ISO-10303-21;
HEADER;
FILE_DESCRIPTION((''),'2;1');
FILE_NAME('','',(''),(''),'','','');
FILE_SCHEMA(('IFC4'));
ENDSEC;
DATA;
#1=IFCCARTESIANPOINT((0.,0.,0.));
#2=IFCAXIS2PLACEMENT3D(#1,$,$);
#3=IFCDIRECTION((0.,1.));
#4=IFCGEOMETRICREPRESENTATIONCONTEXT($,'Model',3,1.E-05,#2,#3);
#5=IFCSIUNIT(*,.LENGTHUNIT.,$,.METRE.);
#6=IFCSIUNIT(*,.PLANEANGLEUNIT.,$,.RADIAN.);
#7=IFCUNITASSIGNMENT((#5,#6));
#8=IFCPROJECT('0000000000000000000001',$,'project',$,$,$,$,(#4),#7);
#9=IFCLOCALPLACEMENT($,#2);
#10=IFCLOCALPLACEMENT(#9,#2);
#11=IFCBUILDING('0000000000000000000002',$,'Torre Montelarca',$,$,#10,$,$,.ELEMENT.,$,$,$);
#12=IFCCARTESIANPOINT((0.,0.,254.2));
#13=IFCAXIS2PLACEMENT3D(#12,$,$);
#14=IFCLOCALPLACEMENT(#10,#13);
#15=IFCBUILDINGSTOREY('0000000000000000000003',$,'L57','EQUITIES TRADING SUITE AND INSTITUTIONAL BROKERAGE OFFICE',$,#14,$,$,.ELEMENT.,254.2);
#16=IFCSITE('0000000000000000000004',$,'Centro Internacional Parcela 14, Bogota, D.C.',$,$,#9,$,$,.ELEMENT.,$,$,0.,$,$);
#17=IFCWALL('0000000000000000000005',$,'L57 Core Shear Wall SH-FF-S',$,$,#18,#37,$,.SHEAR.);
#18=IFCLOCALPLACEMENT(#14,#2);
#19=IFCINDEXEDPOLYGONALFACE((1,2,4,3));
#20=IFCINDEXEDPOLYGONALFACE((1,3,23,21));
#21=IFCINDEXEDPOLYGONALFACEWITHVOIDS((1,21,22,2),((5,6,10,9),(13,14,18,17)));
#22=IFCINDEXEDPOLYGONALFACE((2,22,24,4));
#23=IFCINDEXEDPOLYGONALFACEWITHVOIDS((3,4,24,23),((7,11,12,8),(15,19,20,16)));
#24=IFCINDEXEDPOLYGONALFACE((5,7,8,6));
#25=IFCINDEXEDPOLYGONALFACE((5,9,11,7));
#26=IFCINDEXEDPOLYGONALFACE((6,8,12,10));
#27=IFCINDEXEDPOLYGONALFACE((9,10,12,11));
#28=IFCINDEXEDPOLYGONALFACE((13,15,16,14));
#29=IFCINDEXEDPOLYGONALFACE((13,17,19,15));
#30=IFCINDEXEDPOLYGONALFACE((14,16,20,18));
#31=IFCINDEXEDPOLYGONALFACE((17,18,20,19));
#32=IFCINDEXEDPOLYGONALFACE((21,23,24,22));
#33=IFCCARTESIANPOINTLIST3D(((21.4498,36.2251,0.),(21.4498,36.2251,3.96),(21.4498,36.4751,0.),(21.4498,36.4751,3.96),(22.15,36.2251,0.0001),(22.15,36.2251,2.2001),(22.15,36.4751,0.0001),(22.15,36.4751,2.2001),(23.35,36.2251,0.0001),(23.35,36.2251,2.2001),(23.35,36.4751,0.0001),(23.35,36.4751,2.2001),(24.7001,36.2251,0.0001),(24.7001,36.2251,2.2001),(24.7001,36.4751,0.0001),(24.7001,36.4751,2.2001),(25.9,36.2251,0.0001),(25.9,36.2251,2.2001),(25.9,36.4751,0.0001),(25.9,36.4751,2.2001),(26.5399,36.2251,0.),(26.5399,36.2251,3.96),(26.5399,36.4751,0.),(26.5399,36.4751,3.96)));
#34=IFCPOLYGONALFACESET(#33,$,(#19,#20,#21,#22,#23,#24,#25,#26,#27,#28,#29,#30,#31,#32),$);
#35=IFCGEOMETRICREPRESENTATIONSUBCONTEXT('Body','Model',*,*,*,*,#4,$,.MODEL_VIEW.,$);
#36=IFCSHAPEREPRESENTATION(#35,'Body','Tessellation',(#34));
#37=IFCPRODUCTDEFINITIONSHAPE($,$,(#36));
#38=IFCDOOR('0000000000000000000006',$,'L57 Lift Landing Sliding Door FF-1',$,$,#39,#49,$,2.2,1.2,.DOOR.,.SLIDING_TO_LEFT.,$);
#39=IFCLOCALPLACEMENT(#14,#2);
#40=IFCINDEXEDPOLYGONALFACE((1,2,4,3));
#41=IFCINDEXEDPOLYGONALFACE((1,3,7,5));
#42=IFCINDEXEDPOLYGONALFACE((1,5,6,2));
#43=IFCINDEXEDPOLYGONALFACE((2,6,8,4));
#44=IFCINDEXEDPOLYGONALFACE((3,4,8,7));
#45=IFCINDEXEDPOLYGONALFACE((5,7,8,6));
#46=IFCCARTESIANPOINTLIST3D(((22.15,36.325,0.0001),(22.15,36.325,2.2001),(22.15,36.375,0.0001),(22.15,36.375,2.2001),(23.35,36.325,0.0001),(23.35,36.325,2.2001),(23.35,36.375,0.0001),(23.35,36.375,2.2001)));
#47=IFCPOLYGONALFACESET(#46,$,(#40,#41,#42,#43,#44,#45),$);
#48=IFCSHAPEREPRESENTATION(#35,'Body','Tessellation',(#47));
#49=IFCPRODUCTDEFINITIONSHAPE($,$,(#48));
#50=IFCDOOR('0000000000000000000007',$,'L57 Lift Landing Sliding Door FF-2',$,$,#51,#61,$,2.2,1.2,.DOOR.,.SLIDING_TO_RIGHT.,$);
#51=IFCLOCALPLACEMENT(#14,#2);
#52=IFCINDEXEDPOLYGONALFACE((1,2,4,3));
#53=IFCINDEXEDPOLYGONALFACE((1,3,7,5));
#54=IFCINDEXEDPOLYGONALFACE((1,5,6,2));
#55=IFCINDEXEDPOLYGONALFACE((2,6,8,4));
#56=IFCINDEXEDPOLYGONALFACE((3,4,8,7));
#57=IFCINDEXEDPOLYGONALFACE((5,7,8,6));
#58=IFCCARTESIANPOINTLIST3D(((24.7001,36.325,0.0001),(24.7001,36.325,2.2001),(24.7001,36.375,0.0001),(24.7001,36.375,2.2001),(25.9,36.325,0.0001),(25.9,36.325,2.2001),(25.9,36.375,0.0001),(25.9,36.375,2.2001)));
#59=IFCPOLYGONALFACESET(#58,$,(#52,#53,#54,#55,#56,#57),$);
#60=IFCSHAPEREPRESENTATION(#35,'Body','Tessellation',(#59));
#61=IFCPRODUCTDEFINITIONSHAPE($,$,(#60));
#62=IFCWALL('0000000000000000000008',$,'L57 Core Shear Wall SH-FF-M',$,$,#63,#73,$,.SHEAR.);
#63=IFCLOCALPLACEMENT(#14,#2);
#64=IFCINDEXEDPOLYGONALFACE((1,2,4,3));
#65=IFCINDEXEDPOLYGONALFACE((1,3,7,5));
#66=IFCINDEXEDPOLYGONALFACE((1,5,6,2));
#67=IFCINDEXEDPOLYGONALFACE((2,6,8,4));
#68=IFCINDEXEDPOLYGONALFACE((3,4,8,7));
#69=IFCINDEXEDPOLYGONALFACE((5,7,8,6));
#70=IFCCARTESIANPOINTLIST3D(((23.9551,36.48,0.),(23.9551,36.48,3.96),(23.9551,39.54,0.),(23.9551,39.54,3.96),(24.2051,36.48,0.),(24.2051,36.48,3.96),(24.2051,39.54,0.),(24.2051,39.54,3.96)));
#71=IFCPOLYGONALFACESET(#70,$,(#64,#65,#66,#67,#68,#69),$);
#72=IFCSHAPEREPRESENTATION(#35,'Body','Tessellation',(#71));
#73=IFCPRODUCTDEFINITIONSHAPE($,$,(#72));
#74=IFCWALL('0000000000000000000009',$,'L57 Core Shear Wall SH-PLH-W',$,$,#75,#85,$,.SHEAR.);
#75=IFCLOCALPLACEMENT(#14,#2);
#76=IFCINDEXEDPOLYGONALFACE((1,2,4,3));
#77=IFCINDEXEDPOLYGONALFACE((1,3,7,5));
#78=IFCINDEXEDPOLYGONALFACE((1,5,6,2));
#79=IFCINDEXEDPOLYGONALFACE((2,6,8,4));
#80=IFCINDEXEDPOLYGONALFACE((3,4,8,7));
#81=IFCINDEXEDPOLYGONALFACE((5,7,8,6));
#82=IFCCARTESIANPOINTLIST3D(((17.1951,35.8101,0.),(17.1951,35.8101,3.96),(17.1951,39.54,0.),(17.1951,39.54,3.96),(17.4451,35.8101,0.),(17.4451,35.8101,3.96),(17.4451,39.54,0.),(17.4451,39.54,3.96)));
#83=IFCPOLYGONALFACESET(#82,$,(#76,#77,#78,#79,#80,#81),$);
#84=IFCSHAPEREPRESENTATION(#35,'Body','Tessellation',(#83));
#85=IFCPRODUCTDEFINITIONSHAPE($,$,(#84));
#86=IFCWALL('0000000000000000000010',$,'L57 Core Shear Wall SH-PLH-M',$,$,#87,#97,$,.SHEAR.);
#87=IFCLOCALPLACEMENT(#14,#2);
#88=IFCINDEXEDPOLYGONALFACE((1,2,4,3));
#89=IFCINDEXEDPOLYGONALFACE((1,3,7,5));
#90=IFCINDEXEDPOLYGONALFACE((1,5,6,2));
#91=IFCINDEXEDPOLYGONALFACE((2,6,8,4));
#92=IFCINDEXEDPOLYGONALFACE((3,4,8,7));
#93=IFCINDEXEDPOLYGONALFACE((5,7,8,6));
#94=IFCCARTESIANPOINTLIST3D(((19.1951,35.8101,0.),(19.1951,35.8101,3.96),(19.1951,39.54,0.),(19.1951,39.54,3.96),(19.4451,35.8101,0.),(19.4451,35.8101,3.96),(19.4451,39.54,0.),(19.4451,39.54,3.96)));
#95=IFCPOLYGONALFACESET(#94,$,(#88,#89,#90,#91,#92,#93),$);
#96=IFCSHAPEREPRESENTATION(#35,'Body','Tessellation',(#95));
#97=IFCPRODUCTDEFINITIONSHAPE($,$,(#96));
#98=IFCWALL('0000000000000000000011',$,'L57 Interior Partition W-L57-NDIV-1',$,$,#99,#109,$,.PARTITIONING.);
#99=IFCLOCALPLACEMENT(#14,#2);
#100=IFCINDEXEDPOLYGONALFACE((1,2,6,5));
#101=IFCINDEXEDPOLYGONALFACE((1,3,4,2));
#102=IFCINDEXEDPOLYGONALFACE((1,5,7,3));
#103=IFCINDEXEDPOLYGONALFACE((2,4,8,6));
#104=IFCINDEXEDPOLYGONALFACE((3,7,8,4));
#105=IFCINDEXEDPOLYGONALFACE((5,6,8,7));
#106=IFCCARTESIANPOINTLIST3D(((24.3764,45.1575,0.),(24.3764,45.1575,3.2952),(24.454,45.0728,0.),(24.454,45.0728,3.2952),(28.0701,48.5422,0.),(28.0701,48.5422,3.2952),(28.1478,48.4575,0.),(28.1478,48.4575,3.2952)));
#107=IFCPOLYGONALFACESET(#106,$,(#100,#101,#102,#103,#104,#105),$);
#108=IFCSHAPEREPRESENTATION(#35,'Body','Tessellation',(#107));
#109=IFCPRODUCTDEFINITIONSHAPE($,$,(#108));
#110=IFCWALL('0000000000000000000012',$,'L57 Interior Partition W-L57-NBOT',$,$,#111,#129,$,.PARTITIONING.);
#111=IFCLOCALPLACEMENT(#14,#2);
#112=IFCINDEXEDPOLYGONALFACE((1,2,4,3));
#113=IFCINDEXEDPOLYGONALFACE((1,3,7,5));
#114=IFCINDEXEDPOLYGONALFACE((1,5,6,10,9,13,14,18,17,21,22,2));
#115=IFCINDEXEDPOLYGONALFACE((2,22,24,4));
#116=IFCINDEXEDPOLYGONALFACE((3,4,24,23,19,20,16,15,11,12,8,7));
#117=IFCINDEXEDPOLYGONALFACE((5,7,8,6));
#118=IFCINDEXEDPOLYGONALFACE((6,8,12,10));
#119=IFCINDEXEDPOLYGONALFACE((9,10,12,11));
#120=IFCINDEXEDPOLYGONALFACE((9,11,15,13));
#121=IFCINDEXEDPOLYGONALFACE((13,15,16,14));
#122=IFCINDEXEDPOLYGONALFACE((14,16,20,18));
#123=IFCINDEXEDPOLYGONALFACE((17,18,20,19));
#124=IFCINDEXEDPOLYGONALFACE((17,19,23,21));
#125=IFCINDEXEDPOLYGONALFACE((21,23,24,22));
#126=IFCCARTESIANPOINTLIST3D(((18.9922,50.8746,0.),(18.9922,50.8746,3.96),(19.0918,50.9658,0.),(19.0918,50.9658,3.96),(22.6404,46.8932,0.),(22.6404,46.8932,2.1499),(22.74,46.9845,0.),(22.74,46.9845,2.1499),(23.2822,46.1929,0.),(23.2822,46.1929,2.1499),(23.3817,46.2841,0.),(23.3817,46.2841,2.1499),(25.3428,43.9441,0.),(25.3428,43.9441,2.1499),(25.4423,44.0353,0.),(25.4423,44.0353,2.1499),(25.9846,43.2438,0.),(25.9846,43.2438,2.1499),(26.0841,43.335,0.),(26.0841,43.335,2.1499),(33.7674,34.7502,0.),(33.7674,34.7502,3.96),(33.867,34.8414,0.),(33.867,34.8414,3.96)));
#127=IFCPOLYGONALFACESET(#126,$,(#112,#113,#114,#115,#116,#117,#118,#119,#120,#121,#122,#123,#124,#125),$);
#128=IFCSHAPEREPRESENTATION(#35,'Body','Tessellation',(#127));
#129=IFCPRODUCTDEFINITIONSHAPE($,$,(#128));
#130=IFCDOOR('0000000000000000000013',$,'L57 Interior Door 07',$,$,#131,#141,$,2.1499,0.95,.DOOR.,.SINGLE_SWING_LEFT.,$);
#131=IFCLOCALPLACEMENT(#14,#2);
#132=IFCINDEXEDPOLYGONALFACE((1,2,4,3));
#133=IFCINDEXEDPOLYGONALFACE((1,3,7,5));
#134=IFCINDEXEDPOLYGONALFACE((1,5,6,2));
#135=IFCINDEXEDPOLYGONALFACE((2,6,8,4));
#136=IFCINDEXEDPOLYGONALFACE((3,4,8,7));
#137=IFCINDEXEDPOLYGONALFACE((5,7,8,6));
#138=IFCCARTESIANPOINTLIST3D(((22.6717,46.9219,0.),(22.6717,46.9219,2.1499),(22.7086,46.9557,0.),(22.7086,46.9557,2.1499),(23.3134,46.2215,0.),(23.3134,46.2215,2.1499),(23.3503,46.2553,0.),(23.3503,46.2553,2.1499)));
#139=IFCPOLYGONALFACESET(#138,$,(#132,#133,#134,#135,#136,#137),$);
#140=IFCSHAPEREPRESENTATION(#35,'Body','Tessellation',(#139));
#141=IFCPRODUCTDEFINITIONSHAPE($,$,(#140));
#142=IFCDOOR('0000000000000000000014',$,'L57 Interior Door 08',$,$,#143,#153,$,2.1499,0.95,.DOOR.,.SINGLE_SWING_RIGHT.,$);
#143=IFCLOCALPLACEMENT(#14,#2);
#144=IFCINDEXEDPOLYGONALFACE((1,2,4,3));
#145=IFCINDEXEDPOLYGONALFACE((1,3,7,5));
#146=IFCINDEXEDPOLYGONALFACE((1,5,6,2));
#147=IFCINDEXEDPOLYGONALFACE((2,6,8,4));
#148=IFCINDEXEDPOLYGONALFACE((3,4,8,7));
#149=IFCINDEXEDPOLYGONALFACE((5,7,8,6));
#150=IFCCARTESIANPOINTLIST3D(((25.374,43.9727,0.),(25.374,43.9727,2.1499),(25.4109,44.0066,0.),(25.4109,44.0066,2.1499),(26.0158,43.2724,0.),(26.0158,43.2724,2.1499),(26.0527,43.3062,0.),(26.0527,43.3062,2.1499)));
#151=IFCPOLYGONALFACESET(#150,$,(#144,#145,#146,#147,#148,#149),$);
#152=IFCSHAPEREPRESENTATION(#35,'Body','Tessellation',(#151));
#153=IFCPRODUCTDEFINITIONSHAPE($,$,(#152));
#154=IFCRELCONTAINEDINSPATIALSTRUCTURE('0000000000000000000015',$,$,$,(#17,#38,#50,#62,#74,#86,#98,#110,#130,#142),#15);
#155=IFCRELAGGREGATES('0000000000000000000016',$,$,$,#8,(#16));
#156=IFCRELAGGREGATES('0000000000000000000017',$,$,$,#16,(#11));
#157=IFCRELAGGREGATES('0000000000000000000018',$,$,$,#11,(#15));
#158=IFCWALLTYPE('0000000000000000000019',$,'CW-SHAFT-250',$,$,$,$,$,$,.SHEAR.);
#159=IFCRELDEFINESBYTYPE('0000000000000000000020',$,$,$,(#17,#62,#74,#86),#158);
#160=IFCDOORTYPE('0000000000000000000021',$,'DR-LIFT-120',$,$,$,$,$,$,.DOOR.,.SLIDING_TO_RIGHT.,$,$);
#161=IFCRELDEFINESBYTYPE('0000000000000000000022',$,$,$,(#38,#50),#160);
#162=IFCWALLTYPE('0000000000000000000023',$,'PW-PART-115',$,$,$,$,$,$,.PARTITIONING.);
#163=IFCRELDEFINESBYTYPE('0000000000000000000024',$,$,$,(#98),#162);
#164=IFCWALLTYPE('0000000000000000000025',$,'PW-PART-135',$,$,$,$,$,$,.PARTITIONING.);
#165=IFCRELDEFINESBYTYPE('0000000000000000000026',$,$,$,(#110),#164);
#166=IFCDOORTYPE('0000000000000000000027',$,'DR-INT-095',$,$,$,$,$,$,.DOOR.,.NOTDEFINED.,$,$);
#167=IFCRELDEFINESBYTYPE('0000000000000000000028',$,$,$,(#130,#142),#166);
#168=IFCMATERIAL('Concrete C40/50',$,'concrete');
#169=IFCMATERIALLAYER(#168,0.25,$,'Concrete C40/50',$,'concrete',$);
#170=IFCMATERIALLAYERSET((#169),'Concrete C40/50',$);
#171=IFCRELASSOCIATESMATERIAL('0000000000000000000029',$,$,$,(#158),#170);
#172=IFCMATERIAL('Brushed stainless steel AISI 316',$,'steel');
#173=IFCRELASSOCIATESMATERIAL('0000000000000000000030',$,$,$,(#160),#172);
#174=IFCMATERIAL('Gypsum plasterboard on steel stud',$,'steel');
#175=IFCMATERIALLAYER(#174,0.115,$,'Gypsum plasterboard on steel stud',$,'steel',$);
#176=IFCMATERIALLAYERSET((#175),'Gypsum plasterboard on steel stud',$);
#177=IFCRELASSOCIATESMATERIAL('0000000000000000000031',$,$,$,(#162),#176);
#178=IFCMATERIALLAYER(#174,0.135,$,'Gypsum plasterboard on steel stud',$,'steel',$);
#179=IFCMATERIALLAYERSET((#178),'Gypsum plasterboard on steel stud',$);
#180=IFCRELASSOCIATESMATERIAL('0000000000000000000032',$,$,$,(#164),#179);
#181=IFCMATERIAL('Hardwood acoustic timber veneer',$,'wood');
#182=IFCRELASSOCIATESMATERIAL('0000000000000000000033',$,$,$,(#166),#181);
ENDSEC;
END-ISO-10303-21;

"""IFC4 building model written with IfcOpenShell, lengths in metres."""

from ifc_helpers import new_model, si_unit, direction, frame, frame_2d, origin, place, context, subcontext, project, spatial, rectangle, extrude, source, transform, mapped, material, layer, layer_set, type_object, element, fill, save


model = new_model("IFC4")

# Units and contexts
model_context = context("Model", 3, precision=1e-05, world=origin(), true_north=direction((0.0, 1.0)))
body_context = subcontext(model_context, "Body", "Model", "MODEL_VIEW")
ifc_project = project(units=[si_unit("LENGTHUNIT", "METRE"), si_unit("PLANEANGLEUNIT", "RADIAN")], contexts=[model_context])

# Site, building, storey
site_placement = place(None, origin())
site = spatial("IfcSite", under=ifc_project, at=site_placement, Name="Centro Internacional Parcela 14, Bogota, D.C.", CompositionType="ELEMENT", RefElevation=0.0)
building_placement = place(site_placement, origin())
building = spatial("IfcBuilding", under=site, at=building_placement, Name="Torre Montelarca", CompositionType="ELEMENT")
storey_placement = place(building_placement, frame((0.0, 0.0, 254.2)))
storey = spatial("IfcBuildingStorey", under=building, at=storey_placement, Name="L57", Description="EQUITIES TRADING SUITE AND INSTITUTIONAL BROKERAGE OFFICE", CompositionType="ELEMENT", Elevation=254.2)

# Shared definitions
ifc_material_1 = material(Name="Concrete C40/50", Category="concrete")
ifc_layer_1 = layer(ifc_material_1, 0.25, Name="Concrete C40/50", Category="concrete")
ifc_layer_set_1 = layer_set([ifc_layer_1], Name="Concrete C40/50")
wall_type_1 = type_object("IfcWallType", Name="CW-SHAFT-250", PredefinedType="SHEAR", material=ifc_layer_set_1)

# Wall, openings, doors
wall_1_placement = place(storey_placement, frame((21.45, 36.3501, 0.0), z_axis=(0.0, 0.0, 1.0), x_axis=(1.0, 0.0, 0.0)))
wall_1 = element("IfcWall", 1, at=wall_1_placement, inside=storey, type_object=wall_type_1, Name="L57 Core Shear Wall SH-FF-S", PredefinedType="SHEAR", context=body_context, shape_type="SweptSolid", body=[
    extrude(rectangle(XDim=5.0901, YDim=0.25, at=frame_2d((2.5449, 0.0))), origin(), (0.0, 0.0, 1.0), 3.96),
])
opening_1_placement = place(wall_1_placement, frame((0.7, 0.0, 0.0)))
opening_1 = element("IfcOpeningElement", 2, at=opening_1_placement, cuts=wall_1, PredefinedType="OPENING", context=body_context, shape_type="SweptSolid", body=[
    extrude(rectangle(XDim=1.2, YDim=2.2, at=frame_2d((0.6001, 1.1001))), frame((0.0, 0.135, 0.0), z_axis=(0.0, -1.0, 0.0), x_axis=(1.0, 0.0, 0.0)), (0.0, 0.0, 1.0), 0.27),
])
opening_2_placement = place(wall_1_placement, frame((3.25, 0.0, 0.0)))
opening_2 = element("IfcOpeningElement", 3, at=opening_2_placement, cuts=wall_1, PredefinedType="OPENING", context=body_context, shape_type="SweptSolid", body=[
    extrude(rectangle(XDim=1.2, YDim=2.2, at=frame_2d((0.6001, 1.1001))), frame((0.0, 0.135, 0.0), z_axis=(0.0, -1.0, 0.0), x_axis=(1.0, 0.0, 0.0)), (0.0, 0.0, 1.0), 0.27),
])
ifc_material_2 = material(Name="Brushed stainless steel AISI 316", Category="steel")
door_type_1 = type_object("IfcDoorType", Name="DR-LIFT-120", OperationType="SLIDING_TO_RIGHT", PredefinedType="DOOR", material=ifc_material_2)
shared_shape_1 = source(origin(), body_context, "Body", "SweptSolid", [
    extrude(rectangle(XDim=1.2, YDim=2.2, at=frame_2d((0.6001, 1.1001))), frame((0.0, 0.0249, 0.0), z_axis=(0.0, -1.0, 0.0), x_axis=(1.0, 0.0, 0.0)), (0.0, 0.0, 1.0), 0.05),
])
door_1_placement = place(opening_1_placement, origin())
door_1 = element("IfcDoor", 4, at=door_1_placement, inside=storey, type_object=door_type_1, Name="L57 Lift Landing Sliding Door FF-1", OperationType="SLIDING_TO_LEFT", OverallHeight=2.2, OverallWidth=1.2, PredefinedType="DOOR", context=body_context, shape_type="MappedRepresentation", body=[
    mapped(shared_shape_1, transform((0.0, 0.0, 0.0), scale=1.0)),
])
fill(opening_1, door_1)
door_2_placement = place(opening_2_placement, origin())
door_2 = element("IfcDoor", 5, at=door_2_placement, inside=storey, type_object=door_type_1, Name="L57 Lift Landing Sliding Door FF-2", OperationType="SLIDING_TO_RIGHT", OverallHeight=2.2, OverallWidth=1.2, PredefinedType="DOOR", context=body_context, shape_type="MappedRepresentation", body=[
    mapped(shared_shape_1, transform((0.0, 0.0, 0.0), scale=1.0)),
])
fill(opening_2, door_2)

# Walls
wall_2_placement = place(storey_placement, frame((24.0801, 36.48, 0.0), z_axis=(0.0, 0.0, 1.0), x_axis=(0.0, 1.0, 0.0)))
element("IfcWall", 6, at=wall_2_placement, inside=storey, type_object=wall_type_1, Name="L57 Core Shear Wall SH-FF-M", PredefinedType="SHEAR", context=body_context, shape_type="SweptSolid", body=[
    extrude(rectangle(XDim=3.0601, YDim=0.25, at=frame_2d((1.53, 0.0))), origin(), (0.0, 0.0, 1.0), 3.96),
])
for number, where, z_axis, x_axis, name in (
    (7, (17.3201, 35.8101, 0.0), (0.0, 0.0, 1.0), (0.0, 1.0, 0.0), "L57 Core Shear Wall SH-PLH-W"),
    (8, (19.3201, 35.8101, 0.0), (0.0, 0.0, 1.0), (0.0, 1.0, 0.0), "L57 Core Shear Wall SH-PLH-M"),
):
    element("IfcWall", number, at=place(storey_placement, frame(where, z_axis=z_axis, x_axis=x_axis)), inside=storey, type_object=wall_type_1, Name=name, PredefinedType="SHEAR", context=body_context, shape_type="SweptSolid", body=[
        extrude(rectangle(XDim=3.73, YDim=0.25, at=frame_2d((1.865, 0.0))), origin(), (0.0, 0.0, 1.0), 3.96),
    ])
ifc_material_3 = material(Name="Gypsum plasterboard on steel stud", Category="steel")
ifc_layer_2 = layer(ifc_material_3, 0.115, Name="Gypsum plasterboard on steel stud", Category="steel")
ifc_layer_set_2 = layer_set([ifc_layer_2], Name="Gypsum plasterboard on steel stud")
wall_type_2 = type_object("IfcWallType", Name="PW-PART-115", PredefinedType="PARTITIONING", material=ifc_layer_set_2)
wall_3_placement = place(storey_placement, frame((24.4153, 45.1152, 0.0), z_axis=(0.0, 0.0, 1.0), x_axis=(0.73728, 0.675588, 0.0)))
element("IfcWall", 9, at=wall_3_placement, inside=storey, type_object=wall_type_2, Name="L57 Interior Partition W-L57-NDIV-1", PredefinedType="PARTITIONING", context=body_context, shape_type="SweptSolid", body=[
    extrude(rectangle(XDim=5.01, YDim=0.115, at=frame_2d((2.5049, 0.0))), origin(), (0.0, 0.0, 1.0), 3.2952),
])

# Wall, openings, doors
ifc_layer_3 = layer(ifc_material_3, 0.135, Name="Gypsum plasterboard on steel stud", Category="steel")
ifc_layer_set_3 = layer_set([ifc_layer_3], Name="Gypsum plasterboard on steel stud")
wall_type_3 = type_object("IfcWallType", Name="PW-PART-135", PredefinedType="PARTITIONING", material=ifc_layer_set_3)
wall_4_placement = place(storey_placement, frame((19.042, 50.9202, 0.0), z_axis=(0.0, 0.0, 1.0), x_axis=(0.67559, -0.737278, 0.0)))
wall_4 = element("IfcWall", 10, at=wall_4_placement, inside=storey, type_object=wall_type_3, Name="L57 Interior Partition W-L57-NBOT", PredefinedType="PARTITIONING", context=body_context, shape_type="SweptSolid", body=[
    extrude(rectangle(XDim=21.8701, YDim=0.135, at=frame_2d((10.9351, 0.0))), origin(), (0.0, 0.0, 1.0), 3.96),
])
opening_3_placement = place(wall_4_placement, frame((5.3999, 0.0, 0.0)))
opening_3 = element("IfcOpeningElement", 11, at=opening_3_placement, cuts=wall_4, PredefinedType="OPENING", context=body_context, shape_type="SweptSolid", body=[
    extrude(rectangle(XDim=0.95, YDim=2.1499, at=frame_2d((0.4751, 1.075))), frame((0.0, 0.0776, 0.0), z_axis=(0.0, -1.0, 0.0), x_axis=(1.0, 0.0, 0.0)), (0.0, 0.0, 1.0), 0.155),
])
opening_4_placement = place(wall_4_placement, frame((9.3999, 0.0, 0.0)))
opening_4 = element("IfcOpeningElement", 12, at=opening_4_placement, cuts=wall_4, PredefinedType="OPENING", context=body_context, shape_type="SweptSolid", body=[
    extrude(rectangle(XDim=0.95, YDim=2.1499, at=frame_2d((0.4751, 1.075))), frame((0.0, 0.0776, 0.0), z_axis=(0.0, -1.0, 0.0), x_axis=(1.0, 0.0, 0.0)), (0.0, 0.0, 1.0), 0.155),
])
ifc_material_4 = material(Name="Hardwood acoustic timber veneer", Category="wood")
door_type_2 = type_object("IfcDoorType", Name="DR-INT-095", OperationType="NOTDEFINED", PredefinedType="DOOR", material=ifc_material_4)
shared_shape_2 = source(origin(), body_context, "Body", "SweptSolid", [
    extrude(rectangle(XDim=0.95, YDim=2.1499, at=frame_2d((0.4751, 1.075))), frame((0.0, 0.0249, 0.0), z_axis=(0.0, -1.0, 0.0), x_axis=(1.0, 0.0, 0.0)), (0.0, 0.0, 1.0), 0.05),
])
door_3_placement = place(opening_3_placement, origin())
door_3 = element("IfcDoor", 13, at=door_3_placement, inside=storey, type_object=door_type_2, Name="L57 Interior Door 07", OperationType="SINGLE_SWING_LEFT", OverallHeight=2.1499, OverallWidth=0.95, PredefinedType="DOOR", context=body_context, shape_type="MappedRepresentation", body=[
    mapped(shared_shape_2, transform((0.0, 0.0, 0.0), scale=1.0)),
])
fill(opening_3, door_3)
door_4_placement = place(opening_4_placement, origin())
door_4 = element("IfcDoor", 14, at=door_4_placement, inside=storey, type_object=door_type_2, Name="L57 Interior Door 08", OperationType="SINGLE_SWING_RIGHT", OverallHeight=2.1499, OverallWidth=0.95, PredefinedType="DOOR", context=body_context, shape_type="MappedRepresentation", body=[
    mapped(shared_shape_2, transform((0.0, 0.0, 0.0), scale=1.0)),
])
fill(opening_4, door_4)

save(model, "model.ifc")
